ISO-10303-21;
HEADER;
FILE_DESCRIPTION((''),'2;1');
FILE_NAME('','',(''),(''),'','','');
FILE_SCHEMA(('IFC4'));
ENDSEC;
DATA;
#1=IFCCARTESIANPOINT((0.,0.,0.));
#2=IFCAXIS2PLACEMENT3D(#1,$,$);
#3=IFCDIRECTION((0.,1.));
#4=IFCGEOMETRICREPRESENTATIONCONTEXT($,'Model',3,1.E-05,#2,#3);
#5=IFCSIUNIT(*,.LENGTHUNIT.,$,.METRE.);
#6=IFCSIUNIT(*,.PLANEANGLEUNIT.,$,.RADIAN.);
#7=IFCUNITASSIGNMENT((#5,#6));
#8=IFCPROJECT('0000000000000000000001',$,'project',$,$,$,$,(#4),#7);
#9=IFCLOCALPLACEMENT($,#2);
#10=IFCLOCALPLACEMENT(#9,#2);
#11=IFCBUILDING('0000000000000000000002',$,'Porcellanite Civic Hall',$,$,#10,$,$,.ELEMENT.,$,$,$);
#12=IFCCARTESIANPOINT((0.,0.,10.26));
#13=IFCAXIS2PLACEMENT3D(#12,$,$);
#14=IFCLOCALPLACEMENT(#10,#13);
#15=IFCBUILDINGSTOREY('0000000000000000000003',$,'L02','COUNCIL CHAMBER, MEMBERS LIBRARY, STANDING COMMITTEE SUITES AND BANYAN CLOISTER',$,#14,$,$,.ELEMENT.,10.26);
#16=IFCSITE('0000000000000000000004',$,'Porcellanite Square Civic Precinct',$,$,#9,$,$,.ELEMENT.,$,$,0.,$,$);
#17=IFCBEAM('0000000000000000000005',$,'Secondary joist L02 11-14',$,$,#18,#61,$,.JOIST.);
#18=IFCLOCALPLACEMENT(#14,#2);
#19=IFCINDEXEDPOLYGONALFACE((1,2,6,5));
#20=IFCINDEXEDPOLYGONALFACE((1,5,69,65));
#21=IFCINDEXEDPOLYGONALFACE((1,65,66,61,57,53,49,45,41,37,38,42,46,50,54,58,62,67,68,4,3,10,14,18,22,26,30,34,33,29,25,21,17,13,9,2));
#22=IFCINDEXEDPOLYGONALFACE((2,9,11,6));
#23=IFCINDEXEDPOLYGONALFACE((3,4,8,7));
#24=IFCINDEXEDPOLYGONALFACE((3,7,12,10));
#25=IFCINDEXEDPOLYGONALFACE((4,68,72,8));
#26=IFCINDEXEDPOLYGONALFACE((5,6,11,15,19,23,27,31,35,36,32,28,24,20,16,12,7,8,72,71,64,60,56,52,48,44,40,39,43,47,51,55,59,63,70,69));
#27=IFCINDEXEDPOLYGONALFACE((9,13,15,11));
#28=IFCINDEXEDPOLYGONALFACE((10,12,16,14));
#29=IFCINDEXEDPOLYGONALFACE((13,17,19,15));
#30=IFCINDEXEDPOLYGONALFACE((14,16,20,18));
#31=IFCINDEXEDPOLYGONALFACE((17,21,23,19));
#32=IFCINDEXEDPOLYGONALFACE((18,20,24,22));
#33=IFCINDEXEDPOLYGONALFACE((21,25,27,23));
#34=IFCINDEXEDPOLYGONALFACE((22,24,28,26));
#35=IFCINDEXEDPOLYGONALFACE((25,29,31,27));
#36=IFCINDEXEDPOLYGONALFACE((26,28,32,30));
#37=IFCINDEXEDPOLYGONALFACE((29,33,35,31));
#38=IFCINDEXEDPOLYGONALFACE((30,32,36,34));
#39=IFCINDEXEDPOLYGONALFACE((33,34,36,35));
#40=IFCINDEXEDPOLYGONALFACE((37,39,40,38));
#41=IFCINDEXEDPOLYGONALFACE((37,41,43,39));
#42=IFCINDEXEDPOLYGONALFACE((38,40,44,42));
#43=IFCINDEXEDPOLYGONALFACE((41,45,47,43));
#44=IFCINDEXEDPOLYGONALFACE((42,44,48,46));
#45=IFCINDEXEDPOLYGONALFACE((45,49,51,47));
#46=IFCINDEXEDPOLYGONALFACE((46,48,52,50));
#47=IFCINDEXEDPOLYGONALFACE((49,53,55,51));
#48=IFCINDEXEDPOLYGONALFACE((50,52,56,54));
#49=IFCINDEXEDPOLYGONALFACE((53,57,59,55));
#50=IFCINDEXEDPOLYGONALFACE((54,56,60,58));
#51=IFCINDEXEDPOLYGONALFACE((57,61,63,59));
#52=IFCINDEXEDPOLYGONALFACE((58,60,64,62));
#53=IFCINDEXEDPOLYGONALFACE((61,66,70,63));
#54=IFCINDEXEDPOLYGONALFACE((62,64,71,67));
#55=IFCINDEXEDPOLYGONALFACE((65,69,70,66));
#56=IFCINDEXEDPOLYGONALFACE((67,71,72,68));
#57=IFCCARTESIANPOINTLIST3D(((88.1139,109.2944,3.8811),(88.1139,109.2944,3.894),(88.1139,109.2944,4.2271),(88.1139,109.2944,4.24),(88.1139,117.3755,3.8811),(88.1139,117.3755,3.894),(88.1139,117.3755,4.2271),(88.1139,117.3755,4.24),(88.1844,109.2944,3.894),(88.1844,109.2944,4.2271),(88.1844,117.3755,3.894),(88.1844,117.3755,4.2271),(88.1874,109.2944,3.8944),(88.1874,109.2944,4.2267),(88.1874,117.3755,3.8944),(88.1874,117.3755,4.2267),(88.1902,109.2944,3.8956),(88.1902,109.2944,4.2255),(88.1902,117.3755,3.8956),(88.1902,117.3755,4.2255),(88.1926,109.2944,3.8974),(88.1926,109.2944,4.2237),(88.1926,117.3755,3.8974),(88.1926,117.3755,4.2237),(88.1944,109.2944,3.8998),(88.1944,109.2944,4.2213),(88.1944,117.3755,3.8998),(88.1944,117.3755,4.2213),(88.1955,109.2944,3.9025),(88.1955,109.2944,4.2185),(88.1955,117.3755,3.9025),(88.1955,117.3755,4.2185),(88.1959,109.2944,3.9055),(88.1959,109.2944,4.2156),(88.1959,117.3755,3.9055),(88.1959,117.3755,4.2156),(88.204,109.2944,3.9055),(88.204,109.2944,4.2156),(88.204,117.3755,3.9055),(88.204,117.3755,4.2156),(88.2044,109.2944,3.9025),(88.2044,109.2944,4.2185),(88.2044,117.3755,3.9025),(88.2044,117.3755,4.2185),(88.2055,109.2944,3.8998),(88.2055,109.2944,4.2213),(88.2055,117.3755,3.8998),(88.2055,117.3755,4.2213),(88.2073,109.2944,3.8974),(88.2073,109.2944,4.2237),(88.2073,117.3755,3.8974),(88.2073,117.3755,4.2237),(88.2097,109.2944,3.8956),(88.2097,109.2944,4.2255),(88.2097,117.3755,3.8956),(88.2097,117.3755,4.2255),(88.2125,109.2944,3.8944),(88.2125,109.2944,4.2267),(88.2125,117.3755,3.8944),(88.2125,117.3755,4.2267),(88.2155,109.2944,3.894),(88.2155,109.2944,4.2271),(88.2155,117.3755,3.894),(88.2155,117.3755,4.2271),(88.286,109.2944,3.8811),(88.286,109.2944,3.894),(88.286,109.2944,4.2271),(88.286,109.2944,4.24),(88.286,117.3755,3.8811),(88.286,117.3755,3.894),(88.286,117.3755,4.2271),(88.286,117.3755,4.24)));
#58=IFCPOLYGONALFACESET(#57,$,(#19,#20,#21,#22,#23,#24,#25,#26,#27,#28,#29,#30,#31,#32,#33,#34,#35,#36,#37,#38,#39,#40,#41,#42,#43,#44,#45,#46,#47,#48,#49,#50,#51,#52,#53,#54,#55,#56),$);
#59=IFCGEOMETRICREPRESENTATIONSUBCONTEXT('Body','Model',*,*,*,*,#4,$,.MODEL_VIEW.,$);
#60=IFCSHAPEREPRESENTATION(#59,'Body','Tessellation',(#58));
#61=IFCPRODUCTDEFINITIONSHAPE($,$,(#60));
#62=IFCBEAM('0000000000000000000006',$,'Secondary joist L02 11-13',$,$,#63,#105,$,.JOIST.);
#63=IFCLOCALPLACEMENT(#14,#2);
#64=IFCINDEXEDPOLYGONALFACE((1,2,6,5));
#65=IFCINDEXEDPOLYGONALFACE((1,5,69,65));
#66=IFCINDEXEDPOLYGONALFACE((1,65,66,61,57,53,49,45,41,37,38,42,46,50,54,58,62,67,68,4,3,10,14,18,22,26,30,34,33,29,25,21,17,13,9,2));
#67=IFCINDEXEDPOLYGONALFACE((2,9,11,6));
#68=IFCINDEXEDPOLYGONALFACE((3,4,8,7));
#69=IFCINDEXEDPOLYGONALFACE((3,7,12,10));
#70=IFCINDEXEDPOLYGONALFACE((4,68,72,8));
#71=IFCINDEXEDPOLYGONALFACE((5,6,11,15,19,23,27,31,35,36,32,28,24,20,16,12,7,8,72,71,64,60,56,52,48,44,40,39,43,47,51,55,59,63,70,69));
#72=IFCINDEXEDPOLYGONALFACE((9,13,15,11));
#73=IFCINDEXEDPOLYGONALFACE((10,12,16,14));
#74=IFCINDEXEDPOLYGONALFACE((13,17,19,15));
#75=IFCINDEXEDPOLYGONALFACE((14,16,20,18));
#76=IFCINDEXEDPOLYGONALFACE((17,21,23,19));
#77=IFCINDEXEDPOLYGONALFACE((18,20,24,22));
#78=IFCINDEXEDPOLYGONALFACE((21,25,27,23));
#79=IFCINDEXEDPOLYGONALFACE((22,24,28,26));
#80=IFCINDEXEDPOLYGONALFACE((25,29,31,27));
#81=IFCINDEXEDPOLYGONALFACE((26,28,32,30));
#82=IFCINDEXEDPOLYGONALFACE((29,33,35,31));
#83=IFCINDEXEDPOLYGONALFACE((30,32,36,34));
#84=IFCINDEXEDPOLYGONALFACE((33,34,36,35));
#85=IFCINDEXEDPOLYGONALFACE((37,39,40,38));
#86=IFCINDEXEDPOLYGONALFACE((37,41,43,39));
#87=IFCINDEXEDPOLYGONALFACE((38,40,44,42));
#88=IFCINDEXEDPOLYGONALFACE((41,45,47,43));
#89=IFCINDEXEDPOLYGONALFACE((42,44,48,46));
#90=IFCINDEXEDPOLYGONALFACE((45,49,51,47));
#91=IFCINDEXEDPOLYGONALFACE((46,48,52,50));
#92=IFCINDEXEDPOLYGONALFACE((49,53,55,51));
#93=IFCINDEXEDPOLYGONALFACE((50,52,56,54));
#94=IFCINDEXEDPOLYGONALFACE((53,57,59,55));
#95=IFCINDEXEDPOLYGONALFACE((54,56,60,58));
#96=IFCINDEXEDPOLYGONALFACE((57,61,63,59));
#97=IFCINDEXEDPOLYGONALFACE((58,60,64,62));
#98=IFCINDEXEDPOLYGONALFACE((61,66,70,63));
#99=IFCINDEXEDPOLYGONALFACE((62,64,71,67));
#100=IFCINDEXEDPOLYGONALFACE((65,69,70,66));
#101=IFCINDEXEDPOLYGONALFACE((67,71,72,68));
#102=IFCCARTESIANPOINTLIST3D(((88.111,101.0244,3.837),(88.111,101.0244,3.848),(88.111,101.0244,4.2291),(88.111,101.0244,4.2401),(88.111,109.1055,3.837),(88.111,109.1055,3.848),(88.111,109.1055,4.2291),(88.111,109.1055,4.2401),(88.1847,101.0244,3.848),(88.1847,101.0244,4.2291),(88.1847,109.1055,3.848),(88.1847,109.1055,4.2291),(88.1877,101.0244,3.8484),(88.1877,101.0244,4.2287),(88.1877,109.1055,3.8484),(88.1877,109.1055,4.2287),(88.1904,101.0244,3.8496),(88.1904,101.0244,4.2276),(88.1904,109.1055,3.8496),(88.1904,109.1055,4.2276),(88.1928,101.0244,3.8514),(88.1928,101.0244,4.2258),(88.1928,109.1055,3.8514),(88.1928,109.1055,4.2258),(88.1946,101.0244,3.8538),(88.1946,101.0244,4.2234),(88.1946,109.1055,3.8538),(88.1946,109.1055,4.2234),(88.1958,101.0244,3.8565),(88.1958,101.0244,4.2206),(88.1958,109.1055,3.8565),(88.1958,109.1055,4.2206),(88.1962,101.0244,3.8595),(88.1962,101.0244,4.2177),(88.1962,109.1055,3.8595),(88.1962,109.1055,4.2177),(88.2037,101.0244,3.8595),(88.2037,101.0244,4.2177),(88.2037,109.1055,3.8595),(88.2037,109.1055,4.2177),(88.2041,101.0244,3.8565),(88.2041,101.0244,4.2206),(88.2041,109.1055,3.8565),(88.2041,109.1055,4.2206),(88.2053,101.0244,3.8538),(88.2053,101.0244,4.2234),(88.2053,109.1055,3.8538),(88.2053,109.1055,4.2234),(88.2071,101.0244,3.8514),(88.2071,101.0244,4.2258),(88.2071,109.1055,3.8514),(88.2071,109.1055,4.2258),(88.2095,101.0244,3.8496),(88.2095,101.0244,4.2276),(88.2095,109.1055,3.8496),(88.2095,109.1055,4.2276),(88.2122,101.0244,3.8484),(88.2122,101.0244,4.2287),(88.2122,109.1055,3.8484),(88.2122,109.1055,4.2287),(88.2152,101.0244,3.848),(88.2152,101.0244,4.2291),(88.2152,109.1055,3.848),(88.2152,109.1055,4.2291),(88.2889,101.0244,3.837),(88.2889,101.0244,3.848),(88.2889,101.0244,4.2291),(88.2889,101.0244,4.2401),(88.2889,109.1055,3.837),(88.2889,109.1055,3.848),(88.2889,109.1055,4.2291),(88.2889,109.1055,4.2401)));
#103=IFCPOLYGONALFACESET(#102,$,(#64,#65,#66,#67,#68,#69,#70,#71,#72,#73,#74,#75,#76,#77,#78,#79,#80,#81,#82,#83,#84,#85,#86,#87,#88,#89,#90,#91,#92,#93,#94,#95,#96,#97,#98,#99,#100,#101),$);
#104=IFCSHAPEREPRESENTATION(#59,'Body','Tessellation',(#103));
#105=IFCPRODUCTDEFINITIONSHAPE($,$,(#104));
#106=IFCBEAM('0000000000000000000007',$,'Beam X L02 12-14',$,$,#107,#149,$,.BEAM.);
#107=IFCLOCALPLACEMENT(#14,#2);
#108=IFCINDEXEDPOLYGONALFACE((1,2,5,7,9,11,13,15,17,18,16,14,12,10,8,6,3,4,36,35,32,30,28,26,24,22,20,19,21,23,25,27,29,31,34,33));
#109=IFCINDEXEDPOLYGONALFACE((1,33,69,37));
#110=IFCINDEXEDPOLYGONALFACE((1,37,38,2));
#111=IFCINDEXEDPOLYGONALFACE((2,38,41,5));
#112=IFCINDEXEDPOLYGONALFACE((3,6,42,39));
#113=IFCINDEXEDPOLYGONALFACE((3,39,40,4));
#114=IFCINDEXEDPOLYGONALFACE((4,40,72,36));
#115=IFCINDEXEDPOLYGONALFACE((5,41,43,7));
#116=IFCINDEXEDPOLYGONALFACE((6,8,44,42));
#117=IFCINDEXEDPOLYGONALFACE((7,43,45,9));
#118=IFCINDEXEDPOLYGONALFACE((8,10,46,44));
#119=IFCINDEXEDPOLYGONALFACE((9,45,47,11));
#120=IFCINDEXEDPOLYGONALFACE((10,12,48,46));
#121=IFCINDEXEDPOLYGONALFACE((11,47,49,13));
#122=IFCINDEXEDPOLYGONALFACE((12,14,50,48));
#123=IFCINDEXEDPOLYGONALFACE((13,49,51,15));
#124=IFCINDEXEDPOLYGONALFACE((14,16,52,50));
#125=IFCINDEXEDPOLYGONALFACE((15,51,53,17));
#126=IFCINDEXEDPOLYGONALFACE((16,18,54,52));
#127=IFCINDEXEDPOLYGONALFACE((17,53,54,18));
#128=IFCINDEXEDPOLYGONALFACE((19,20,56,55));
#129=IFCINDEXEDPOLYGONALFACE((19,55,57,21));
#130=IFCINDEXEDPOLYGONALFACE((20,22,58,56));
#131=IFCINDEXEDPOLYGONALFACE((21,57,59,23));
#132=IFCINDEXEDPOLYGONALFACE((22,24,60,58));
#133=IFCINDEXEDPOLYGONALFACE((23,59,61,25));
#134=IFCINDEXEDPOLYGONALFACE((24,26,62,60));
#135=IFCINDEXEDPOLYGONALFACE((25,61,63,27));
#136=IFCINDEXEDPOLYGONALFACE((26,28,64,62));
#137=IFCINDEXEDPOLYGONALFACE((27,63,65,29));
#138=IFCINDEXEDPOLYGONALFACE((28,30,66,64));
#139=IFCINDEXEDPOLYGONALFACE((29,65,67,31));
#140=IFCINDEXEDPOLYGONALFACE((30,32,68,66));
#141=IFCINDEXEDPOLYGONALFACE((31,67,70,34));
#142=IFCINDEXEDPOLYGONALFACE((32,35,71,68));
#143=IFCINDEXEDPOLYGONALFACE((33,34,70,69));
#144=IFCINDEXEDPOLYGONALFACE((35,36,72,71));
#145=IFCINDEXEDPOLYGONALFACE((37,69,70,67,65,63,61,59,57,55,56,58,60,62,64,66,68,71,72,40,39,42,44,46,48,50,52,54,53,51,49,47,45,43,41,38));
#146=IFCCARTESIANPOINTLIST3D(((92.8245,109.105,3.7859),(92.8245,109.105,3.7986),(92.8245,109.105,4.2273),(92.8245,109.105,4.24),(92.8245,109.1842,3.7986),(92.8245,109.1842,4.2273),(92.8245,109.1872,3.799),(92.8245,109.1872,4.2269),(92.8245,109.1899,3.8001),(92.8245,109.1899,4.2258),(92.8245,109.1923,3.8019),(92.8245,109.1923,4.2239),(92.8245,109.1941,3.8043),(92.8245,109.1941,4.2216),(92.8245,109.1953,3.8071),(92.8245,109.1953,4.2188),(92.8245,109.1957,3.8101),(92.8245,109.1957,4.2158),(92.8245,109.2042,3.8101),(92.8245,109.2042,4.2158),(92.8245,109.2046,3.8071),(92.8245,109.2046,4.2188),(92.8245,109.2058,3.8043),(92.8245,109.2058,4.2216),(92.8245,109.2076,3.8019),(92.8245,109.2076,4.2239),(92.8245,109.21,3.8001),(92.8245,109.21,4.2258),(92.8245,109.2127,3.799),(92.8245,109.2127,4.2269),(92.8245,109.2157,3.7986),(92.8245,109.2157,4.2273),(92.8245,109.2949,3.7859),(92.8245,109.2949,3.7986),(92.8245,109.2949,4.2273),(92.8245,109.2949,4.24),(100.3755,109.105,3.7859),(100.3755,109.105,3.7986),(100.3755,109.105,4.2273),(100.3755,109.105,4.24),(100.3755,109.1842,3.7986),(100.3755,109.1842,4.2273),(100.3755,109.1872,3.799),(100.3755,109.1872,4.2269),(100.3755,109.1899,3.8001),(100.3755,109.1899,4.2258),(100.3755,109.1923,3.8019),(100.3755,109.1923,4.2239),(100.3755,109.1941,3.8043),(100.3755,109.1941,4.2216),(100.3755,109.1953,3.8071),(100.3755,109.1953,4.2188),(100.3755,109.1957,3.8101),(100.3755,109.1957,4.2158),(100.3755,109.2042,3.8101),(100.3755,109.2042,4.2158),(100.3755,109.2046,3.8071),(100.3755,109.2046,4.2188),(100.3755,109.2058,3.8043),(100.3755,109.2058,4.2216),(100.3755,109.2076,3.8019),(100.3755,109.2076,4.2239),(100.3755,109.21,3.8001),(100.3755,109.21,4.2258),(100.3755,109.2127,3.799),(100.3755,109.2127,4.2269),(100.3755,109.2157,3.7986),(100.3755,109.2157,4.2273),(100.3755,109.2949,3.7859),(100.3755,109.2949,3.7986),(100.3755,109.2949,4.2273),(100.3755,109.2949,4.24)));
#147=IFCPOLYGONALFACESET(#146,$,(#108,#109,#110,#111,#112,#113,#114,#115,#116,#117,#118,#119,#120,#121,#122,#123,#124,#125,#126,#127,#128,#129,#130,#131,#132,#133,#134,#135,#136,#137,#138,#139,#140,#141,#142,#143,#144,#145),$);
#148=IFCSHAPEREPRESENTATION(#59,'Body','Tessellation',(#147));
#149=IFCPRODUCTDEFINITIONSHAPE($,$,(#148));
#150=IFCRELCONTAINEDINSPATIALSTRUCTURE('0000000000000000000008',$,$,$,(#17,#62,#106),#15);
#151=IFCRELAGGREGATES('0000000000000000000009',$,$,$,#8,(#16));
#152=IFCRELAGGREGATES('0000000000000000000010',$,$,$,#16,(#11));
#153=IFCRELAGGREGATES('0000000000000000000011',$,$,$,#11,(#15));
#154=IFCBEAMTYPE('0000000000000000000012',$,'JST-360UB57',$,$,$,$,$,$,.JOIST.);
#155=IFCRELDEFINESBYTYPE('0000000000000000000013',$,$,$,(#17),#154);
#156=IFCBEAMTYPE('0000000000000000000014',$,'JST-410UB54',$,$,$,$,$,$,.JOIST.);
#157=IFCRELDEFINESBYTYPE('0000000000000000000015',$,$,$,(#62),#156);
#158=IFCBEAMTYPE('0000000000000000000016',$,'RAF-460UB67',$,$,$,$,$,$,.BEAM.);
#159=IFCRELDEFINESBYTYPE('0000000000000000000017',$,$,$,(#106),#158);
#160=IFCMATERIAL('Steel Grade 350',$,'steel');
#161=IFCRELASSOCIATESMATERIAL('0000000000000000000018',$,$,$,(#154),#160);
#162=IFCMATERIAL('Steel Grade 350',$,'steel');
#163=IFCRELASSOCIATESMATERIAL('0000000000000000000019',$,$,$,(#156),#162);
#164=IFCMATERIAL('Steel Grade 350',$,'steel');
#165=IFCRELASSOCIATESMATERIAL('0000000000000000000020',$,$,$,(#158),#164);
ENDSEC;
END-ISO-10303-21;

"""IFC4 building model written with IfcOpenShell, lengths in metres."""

from ifc_helpers import new_model, si_unit, direction, frame, origin, origin_2d, place, context, subcontext, project, spatial, i_section, extrude, material, material_profile, profile_set, type_object, element, save


model = new_model("IFC4")

# Units and contexts
model_context = context("Model", 3, precision=1e-05, world=origin(), true_north=direction((0.0, 1.0)))
body_context = subcontext(model_context, "Body", "Model", "MODEL_VIEW")
ifc_project = project(units=[si_unit("LENGTHUNIT", "METRE"), si_unit("PLANEANGLEUNIT", "RADIAN")], contexts=[model_context])

# Site, building, storey
site_placement = place(None, origin())
site = spatial("IfcSite", under=ifc_project, at=site_placement, Name="Porcellanite Square Civic Precinct", CompositionType="ELEMENT", RefElevation=0.0)
building_placement = place(site_placement, origin())
building = spatial("IfcBuilding", under=site, at=building_placement, Name="Porcellanite Civic Hall", CompositionType="ELEMENT")
storey_placement = place(building_placement, frame((0.0, 0.0, 10.26)))
storey = spatial("IfcBuildingStorey", under=building, at=storey_placement, Name="L02", Description="COUNCIL CHAMBER, MEMBERS LIBRARY, STANDING COMMITTEE SUITES AND BANYAN CLOISTER", CompositionType="ELEMENT", Elevation=10.26)

# Beams
ifc_material_1 = material(Name="Steel Grade 350", Category="steel")
ifc_material_profile_1 = material_profile(ifc_material_1, i_section(OverallWidth=0.1721, OverallDepth=0.3589, WebThickness=0.0081, FlangeThickness=0.0129, FilletRadius=0.0115, at=origin_2d()), Name="360UB56.7")
ifc_profile_set_1 = profile_set([ifc_material_profile_1], Name="Steel Grade 350")
beam_type_1 = type_object("IfcBeamType", Name="JST-360UB57", PredefinedType="JOIST", material=ifc_profile_set_1)
beam_1_placement = place(storey_placement, frame((88.2, 109.2944, 4.0605), z_axis=(0.0, 1.0, 0.0), x_axis=(-1.0, 0.0, 0.0)))
element("IfcBeam", 1, at=beam_1_placement, inside=storey, type_object=beam_type_1, Name="Secondary joist L02 11-14", PredefinedType="JOIST", context=body_context, shape_type="SweptSolid", body=[
    extrude(i_section(OverallWidth=0.1721, OverallDepth=0.3589, WebThickness=0.0081, FlangeThickness=0.0129, FilletRadius=0.0115, at=origin_2d()), origin(), (0.0, 0.0, 1.0), 8.0811),
])
ifc_material_2 = material(Name="Steel Grade 350", Category="steel")
ifc_material_profile_2 = material_profile(ifc_material_2, i_section(OverallWidth=0.178, OverallDepth=0.4031, WebThickness=0.0076, FlangeThickness=0.011, FilletRadius=0.0115, at=origin_2d()), Name="410UB53.7")
ifc_profile_set_2 = profile_set([ifc_material_profile_2], Name="Steel Grade 350")
beam_type_2 = type_object("IfcBeamType", Name="JST-410UB54", PredefinedType="JOIST", material=ifc_profile_set_2)
beam_2_placement = place(storey_placement, frame((88.2, 101.0244, 4.0386), z_axis=(0.0, 1.0, 0.0), x_axis=(-1.0, 0.0, 0.0)))
element("IfcBeam", 2, at=beam_2_placement, inside=storey, type_object=beam_type_2, Name="Secondary joist L02 11-13", PredefinedType="JOIST", context=body_context, shape_type="SweptSolid", body=[
    extrude(i_section(OverallWidth=0.178, OverallDepth=0.4031, WebThickness=0.0076, FlangeThickness=0.011, FilletRadius=0.0115, at=origin_2d()), origin(), (0.0, 0.0, 1.0), 8.0811),
])
ifc_material_3 = material(Name="Steel Grade 350", Category="steel")
ifc_material_profile_3 = material_profile(ifc_material_3, i_section(OverallWidth=0.1899, OverallDepth=0.4541, WebThickness=0.0085, FlangeThickness=0.0127, FilletRadius=0.0115, at=origin_2d()), Name="460UB67.1")
ifc_profile_set_3 = profile_set([ifc_material_profile_3], Name="Steel Grade 350")
beam_type_3 = type_object("IfcBeamType", Name="RAF-460UB67", PredefinedType="BEAM", material=ifc_profile_set_3)
beam_3_placement = place(storey_placement, frame((92.8245, 109.2, 4.0129), z_axis=(1.0, 0.0, 0.0), x_axis=(0.0, 1.0, 0.0)))
element("IfcBeam", 3, at=beam_3_placement, inside=storey, type_object=beam_type_3, Name="Beam X L02 12-14", PredefinedType="BEAM", context=body_context, shape_type="SweptSolid", body=[
    extrude(i_section(OverallWidth=0.1899, OverallDepth=0.4541, WebThickness=0.0085, FlangeThickness=0.0127, FilletRadius=0.0115, at=origin_2d()), origin(), (0.0, 0.0, 1.0), 7.551),
])

save(model, "model.ifc")
